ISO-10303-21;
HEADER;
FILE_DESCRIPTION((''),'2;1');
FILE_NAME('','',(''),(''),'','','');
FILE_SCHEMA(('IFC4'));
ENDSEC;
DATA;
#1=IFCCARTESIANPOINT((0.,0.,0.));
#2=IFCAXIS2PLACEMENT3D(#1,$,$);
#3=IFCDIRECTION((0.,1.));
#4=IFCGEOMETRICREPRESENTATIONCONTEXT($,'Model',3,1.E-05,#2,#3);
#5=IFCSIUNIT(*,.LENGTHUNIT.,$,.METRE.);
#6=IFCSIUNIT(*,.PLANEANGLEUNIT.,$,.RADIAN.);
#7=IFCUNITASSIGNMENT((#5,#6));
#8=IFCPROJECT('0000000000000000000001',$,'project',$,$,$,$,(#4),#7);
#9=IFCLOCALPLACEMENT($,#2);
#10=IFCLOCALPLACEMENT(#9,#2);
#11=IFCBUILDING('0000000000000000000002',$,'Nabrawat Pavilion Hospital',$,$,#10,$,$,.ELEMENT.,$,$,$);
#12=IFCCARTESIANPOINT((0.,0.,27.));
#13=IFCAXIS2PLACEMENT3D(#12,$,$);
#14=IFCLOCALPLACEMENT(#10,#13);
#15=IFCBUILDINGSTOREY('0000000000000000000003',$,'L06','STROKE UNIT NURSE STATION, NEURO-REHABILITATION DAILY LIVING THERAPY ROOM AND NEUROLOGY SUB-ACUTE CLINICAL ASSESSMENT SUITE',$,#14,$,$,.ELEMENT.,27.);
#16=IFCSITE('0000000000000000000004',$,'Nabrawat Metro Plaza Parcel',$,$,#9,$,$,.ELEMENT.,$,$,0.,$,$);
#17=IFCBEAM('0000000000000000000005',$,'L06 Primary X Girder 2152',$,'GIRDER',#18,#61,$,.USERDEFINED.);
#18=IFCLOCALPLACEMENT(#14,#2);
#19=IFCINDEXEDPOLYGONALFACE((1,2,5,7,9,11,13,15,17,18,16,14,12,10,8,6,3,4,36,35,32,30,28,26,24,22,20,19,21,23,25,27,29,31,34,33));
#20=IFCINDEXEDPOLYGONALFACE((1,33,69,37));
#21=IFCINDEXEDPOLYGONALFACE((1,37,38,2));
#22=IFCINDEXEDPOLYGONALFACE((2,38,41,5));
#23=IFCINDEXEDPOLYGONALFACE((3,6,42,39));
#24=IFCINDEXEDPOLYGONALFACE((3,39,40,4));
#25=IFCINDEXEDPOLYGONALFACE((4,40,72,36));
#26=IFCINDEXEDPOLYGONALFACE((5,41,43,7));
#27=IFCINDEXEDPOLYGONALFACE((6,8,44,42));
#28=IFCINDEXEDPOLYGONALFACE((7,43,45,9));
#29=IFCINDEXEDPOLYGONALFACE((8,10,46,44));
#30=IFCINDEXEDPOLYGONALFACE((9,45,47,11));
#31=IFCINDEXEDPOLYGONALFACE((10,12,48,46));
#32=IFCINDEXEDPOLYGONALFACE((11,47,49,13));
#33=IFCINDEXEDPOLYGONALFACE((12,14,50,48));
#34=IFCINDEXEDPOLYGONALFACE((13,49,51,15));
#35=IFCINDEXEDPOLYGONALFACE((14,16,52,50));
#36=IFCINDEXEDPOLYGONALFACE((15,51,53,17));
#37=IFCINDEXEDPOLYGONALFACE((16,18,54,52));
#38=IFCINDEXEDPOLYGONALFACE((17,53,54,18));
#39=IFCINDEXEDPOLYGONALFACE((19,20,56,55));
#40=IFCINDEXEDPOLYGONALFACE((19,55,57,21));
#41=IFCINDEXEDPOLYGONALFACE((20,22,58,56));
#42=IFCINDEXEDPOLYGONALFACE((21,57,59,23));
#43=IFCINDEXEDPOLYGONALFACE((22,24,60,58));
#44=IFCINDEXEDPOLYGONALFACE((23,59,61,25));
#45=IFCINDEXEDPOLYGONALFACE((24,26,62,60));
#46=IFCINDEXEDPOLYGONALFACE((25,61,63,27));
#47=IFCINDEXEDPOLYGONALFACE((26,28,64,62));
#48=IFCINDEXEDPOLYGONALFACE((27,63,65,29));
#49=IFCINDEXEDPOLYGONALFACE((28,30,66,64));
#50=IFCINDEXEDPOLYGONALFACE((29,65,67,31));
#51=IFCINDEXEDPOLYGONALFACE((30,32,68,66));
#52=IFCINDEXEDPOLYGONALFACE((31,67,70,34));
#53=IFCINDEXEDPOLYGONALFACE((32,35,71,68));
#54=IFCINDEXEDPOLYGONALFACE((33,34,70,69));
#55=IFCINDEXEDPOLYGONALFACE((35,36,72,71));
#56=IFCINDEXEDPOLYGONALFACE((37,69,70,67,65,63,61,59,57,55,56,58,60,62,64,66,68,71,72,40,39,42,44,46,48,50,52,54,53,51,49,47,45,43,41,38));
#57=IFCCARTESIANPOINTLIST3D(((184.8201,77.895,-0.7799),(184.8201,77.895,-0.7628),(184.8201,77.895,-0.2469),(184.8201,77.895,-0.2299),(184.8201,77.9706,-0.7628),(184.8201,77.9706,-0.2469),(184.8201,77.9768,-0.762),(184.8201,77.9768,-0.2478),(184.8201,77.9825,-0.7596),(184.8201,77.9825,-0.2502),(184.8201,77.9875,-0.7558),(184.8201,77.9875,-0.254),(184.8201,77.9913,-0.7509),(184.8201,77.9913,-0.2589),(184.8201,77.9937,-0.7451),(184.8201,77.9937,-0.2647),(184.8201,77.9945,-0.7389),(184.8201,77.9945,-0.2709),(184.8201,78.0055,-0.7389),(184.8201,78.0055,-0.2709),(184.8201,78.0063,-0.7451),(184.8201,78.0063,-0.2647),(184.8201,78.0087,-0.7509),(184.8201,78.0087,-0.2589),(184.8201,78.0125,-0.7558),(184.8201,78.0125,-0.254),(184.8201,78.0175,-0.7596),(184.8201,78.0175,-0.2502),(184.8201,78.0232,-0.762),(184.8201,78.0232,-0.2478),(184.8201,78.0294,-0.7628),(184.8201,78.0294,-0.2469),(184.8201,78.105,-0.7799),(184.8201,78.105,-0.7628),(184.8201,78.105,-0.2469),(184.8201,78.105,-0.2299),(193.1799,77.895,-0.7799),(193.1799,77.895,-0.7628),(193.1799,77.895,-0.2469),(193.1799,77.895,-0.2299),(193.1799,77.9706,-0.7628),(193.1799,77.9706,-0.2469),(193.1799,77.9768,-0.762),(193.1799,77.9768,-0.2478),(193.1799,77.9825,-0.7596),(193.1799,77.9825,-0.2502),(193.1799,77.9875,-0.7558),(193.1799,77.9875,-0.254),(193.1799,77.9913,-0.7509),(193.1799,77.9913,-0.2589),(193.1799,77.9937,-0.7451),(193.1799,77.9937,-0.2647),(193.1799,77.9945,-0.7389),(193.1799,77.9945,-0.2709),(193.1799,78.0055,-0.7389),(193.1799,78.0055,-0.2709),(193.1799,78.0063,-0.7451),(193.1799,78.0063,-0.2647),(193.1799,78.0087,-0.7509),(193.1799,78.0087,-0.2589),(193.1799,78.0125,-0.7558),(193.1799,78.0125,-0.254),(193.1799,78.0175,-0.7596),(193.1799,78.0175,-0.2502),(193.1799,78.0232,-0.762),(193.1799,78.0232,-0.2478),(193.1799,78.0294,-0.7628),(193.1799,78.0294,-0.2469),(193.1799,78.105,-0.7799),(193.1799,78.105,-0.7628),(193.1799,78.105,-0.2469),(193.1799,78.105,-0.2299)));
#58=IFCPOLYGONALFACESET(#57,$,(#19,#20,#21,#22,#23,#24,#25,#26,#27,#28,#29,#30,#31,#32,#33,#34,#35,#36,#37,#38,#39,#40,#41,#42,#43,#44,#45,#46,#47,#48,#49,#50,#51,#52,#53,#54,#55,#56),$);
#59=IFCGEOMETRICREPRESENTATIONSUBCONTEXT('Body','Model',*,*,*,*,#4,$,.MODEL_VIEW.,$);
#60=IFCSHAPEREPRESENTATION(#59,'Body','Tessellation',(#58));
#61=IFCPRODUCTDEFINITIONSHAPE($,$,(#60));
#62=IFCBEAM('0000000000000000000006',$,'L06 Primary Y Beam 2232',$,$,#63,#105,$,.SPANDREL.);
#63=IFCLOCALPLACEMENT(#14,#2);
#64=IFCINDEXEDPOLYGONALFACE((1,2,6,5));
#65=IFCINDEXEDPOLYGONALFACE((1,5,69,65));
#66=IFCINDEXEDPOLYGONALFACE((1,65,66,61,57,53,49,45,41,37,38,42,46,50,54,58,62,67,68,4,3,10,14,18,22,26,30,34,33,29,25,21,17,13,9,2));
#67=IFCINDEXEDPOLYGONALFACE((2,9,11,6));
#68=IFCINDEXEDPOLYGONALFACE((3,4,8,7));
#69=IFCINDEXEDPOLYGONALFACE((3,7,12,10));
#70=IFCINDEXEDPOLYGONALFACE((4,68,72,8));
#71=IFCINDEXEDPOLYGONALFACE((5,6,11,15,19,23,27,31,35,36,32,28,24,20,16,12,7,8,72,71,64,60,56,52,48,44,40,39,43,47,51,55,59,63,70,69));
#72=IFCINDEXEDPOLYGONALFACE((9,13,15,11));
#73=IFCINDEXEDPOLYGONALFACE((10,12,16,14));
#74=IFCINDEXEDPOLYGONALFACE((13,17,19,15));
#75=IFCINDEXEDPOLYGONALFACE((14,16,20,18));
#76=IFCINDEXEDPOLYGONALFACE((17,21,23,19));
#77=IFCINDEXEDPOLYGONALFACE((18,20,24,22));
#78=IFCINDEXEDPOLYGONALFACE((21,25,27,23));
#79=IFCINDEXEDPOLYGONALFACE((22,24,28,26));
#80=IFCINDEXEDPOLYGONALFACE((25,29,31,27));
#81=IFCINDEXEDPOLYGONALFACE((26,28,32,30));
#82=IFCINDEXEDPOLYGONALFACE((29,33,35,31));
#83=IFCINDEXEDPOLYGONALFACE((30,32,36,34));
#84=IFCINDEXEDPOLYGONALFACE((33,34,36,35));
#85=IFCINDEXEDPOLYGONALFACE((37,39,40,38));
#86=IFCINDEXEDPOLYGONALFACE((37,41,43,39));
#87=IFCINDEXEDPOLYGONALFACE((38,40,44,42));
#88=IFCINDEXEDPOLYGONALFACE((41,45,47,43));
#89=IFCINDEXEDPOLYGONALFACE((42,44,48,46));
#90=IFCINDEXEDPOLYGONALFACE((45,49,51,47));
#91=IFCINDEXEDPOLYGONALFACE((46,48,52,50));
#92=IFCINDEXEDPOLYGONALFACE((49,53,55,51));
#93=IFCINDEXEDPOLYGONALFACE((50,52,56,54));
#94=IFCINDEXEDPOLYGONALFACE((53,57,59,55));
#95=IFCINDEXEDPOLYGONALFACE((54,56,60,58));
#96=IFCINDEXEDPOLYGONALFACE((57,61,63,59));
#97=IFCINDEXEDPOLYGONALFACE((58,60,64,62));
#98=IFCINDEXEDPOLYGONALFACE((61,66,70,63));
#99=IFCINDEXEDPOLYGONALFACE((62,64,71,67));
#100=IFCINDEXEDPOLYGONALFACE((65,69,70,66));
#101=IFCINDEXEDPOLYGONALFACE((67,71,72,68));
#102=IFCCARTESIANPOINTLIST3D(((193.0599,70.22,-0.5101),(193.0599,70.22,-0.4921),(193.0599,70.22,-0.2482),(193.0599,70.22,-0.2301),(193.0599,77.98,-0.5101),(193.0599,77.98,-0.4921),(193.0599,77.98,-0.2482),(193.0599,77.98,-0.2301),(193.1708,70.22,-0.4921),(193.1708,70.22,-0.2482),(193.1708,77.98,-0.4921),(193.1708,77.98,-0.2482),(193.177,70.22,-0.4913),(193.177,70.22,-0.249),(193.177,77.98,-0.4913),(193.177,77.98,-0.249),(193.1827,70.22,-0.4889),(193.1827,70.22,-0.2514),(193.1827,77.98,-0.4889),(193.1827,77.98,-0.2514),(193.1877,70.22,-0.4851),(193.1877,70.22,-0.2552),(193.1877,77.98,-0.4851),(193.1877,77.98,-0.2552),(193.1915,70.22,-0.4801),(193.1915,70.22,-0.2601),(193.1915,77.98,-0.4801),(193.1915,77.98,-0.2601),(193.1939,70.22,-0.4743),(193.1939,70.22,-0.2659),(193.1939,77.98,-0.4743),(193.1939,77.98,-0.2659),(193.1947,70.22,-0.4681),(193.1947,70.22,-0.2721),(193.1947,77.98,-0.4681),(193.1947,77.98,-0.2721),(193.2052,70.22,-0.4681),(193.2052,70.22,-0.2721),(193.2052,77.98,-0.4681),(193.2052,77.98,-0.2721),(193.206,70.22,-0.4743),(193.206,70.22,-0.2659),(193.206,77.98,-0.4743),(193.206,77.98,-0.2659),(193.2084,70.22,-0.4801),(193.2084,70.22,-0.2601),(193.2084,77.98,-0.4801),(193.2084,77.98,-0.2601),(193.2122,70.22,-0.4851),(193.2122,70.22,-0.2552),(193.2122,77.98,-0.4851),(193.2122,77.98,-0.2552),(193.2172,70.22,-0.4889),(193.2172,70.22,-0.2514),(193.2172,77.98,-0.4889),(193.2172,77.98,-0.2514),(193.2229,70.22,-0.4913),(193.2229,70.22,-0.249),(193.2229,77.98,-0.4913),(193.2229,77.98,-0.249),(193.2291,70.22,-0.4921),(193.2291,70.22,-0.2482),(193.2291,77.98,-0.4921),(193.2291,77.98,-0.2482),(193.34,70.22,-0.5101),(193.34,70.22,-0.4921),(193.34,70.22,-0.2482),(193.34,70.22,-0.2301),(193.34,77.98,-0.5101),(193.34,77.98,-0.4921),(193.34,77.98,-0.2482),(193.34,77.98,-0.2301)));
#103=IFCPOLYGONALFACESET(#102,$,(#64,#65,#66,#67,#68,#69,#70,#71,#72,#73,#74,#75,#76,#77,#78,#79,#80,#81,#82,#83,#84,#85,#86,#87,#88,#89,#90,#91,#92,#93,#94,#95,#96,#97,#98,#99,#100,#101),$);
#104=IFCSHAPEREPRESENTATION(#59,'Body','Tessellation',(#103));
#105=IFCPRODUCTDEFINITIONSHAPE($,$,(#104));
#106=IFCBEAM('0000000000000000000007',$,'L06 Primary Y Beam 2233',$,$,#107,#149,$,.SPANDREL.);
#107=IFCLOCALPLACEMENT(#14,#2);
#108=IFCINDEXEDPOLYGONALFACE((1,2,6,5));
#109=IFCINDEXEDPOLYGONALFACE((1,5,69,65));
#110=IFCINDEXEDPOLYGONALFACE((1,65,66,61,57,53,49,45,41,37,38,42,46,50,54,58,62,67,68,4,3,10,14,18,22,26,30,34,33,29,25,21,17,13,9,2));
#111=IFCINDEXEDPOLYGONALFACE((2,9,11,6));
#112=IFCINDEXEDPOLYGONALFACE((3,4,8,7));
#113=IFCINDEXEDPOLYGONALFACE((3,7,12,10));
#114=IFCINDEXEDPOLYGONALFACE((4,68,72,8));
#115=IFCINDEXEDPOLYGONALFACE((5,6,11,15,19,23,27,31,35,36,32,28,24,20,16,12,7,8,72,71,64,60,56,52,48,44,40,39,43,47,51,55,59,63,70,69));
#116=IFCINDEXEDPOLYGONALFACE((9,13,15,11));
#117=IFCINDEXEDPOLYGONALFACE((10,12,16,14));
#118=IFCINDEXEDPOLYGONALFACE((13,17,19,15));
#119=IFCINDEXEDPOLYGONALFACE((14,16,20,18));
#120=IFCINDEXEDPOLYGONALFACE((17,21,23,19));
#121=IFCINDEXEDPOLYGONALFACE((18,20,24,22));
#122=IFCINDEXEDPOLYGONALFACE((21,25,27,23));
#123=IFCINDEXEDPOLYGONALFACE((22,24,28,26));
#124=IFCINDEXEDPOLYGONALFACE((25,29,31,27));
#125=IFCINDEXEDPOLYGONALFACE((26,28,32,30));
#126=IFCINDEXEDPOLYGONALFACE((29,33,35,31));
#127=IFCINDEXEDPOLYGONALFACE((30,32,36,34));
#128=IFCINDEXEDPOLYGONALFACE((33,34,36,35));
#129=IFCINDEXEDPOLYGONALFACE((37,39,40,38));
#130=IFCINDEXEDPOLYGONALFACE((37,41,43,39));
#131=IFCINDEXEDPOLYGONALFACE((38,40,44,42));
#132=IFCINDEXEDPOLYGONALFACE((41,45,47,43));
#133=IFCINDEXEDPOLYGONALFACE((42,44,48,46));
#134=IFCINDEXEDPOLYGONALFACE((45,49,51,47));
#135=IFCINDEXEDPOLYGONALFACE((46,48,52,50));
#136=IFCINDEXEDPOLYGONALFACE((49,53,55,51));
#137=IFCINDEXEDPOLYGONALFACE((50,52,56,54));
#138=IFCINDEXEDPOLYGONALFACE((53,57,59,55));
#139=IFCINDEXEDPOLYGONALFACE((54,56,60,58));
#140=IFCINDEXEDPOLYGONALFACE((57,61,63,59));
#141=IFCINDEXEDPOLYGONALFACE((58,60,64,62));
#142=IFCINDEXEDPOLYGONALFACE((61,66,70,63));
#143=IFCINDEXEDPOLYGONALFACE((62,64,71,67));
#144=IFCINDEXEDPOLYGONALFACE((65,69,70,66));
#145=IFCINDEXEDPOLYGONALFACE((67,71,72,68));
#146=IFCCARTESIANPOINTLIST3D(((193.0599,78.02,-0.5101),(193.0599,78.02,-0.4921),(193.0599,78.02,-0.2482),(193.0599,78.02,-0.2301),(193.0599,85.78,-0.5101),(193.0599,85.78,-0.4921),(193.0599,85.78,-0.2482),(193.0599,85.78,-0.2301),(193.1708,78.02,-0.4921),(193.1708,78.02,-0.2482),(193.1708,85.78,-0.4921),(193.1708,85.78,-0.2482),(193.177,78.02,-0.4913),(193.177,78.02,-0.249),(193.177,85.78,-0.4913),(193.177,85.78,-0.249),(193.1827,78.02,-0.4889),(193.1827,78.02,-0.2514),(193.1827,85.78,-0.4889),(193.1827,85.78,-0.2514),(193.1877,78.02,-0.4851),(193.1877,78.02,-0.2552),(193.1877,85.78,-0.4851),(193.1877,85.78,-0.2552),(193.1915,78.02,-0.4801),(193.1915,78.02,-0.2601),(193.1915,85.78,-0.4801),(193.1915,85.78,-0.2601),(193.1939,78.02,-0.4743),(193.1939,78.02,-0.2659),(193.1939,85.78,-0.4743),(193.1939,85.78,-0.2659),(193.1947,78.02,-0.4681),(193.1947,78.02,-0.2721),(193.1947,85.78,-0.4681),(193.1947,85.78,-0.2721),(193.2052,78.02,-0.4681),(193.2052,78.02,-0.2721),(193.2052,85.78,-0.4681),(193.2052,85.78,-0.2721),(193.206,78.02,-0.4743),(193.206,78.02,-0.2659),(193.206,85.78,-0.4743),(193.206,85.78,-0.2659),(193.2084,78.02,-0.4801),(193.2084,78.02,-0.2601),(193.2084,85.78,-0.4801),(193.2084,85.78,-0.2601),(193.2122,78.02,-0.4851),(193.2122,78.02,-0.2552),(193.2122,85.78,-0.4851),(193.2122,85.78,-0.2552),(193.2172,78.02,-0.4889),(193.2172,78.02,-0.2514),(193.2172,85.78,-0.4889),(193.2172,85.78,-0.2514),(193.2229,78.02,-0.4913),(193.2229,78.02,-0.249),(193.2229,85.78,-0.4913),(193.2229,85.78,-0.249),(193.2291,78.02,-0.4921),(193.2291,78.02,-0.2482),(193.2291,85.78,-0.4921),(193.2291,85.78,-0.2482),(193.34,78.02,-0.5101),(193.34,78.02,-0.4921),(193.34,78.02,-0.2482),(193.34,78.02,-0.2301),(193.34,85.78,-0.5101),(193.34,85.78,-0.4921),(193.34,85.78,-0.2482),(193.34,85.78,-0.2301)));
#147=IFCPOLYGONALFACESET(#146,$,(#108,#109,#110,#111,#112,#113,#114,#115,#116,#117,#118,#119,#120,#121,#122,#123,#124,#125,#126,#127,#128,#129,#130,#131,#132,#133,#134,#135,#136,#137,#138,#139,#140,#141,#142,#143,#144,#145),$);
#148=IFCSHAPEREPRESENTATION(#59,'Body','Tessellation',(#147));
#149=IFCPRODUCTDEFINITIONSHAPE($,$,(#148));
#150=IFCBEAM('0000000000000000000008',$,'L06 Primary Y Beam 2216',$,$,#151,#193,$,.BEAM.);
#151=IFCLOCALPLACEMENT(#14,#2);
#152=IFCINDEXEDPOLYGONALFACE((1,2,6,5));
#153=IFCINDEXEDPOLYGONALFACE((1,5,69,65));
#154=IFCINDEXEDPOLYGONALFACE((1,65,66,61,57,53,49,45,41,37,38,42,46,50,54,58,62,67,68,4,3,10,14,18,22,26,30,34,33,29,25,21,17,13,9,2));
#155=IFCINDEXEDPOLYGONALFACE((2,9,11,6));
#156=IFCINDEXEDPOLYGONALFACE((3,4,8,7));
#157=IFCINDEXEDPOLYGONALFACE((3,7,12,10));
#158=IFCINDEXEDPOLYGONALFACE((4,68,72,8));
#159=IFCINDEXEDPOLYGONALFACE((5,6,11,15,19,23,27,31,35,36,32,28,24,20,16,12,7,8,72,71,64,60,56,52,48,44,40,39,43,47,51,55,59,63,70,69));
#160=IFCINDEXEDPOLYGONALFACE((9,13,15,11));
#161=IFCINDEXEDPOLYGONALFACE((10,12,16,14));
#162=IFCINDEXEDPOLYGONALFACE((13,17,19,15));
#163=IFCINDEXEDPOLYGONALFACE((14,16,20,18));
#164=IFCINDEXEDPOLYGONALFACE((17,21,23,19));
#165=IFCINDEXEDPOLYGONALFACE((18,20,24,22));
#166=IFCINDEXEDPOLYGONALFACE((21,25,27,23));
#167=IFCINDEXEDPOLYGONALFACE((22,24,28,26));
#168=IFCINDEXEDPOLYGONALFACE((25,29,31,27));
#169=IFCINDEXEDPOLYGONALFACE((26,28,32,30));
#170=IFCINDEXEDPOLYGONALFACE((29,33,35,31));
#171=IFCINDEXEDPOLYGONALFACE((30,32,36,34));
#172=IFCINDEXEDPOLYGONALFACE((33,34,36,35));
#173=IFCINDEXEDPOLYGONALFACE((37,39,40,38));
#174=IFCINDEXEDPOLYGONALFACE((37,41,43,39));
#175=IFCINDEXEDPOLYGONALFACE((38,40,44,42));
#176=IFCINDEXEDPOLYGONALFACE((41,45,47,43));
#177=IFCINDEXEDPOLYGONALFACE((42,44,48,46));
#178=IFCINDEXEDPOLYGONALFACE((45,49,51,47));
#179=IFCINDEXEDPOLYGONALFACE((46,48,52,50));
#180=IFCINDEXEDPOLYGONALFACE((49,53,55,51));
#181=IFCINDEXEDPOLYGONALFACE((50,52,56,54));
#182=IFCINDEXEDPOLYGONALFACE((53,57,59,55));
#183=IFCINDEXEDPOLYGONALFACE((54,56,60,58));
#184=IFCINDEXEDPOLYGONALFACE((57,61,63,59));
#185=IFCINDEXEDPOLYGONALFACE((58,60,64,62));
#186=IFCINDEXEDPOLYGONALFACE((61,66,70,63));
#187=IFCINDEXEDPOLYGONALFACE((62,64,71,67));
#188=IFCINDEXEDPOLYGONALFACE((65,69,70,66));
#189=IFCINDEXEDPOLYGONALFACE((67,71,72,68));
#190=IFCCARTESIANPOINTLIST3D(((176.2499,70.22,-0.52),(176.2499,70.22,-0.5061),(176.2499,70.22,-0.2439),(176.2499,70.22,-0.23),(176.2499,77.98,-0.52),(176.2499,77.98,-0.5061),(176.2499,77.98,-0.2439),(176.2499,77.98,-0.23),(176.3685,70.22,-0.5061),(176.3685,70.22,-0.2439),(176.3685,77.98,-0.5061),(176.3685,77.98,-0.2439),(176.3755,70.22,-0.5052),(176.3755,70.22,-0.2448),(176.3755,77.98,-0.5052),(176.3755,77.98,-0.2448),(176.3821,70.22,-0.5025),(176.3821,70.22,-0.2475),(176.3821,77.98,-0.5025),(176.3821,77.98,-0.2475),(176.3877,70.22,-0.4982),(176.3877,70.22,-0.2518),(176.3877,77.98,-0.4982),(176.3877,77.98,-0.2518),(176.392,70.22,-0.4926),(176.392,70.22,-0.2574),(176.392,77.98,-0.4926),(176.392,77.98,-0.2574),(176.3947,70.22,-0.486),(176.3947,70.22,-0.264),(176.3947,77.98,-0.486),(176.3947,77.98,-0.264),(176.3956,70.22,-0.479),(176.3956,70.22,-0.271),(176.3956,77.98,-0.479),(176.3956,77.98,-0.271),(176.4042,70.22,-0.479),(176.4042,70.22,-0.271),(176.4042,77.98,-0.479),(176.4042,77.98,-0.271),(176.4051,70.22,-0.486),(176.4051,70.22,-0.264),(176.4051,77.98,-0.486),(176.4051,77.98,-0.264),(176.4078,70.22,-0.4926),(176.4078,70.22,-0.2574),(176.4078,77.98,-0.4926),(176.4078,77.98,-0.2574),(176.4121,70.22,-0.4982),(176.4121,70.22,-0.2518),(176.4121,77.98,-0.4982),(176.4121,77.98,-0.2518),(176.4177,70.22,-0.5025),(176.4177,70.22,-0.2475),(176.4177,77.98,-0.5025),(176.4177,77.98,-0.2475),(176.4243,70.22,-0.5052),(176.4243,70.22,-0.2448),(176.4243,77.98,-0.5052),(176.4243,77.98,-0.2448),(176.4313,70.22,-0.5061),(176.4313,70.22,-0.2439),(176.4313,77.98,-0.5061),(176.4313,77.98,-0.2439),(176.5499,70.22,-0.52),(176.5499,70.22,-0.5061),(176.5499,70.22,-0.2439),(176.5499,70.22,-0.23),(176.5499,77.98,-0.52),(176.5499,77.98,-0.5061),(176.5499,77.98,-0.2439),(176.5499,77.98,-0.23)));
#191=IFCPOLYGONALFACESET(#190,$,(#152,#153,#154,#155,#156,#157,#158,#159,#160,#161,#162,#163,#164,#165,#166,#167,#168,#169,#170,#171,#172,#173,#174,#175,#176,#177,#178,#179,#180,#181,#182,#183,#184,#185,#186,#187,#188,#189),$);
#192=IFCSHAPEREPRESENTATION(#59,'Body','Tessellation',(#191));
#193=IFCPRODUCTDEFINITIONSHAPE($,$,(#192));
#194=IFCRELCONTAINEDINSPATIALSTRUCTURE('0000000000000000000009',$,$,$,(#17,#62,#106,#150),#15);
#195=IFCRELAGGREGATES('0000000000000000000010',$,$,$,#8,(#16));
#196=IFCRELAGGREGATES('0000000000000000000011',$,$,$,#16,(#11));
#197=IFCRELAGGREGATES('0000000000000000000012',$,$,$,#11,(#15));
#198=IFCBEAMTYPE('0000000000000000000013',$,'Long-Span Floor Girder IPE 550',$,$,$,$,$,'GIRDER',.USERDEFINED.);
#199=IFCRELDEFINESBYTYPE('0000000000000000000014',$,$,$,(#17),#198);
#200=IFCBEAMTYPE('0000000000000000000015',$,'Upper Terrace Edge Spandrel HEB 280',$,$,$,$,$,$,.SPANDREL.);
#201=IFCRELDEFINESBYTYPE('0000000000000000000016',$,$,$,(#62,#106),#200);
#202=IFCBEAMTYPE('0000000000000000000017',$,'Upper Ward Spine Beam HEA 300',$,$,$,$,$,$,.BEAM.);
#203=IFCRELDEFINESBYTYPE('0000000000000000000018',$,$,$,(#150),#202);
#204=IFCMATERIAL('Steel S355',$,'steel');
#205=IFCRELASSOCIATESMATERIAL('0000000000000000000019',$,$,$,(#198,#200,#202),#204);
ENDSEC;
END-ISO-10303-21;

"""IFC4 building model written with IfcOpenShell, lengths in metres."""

from ifc_helpers import new_model, si_unit, direction, frame, origin, origin_2d, place, context, subcontext, project, spatial, i_section, extrude, material, material_profile, profile_set, type_object, element, save


model = new_model("IFC4")

# Units and contexts
model_context = context("Model", 3, precision=1e-05, world=origin(), true_north=direction((0.0, 1.0)))
body_context = subcontext(model_context, "Body", "Model", "MODEL_VIEW")
ifc_project = project(units=[si_unit("LENGTHUNIT", "METRE"), si_unit("PLANEANGLEUNIT", "RADIAN")], contexts=[model_context])

# Site, building, storey
site_placement = place(None, origin())
site = spatial("IfcSite", under=ifc_project, at=site_placement, Name="Nabrawat Metro Plaza Parcel", CompositionType="ELEMENT", RefElevation=0.0)
building_placement = place(site_placement, origin())
building = spatial("IfcBuilding", under=site, at=building_placement, Name="Nabrawat Pavilion Hospital", CompositionType="ELEMENT")
storey_placement = place(building_placement, frame((0.0, 0.0, 27.0)))
storey = spatial("IfcBuildingStorey", under=building, at=storey_placement, Name="L06", Description="STROKE UNIT NURSE STATION, NEURO-REHABILITATION DAILY LIVING THERAPY ROOM AND NEUROLOGY SUB-ACUTE CLINICAL ASSESSMENT SUITE", CompositionType="ELEMENT", Elevation=27.0)

# Shared definitions
ifc_material_1 = material(Name="Steel S355", Category="steel")

# Beams
ifc_material_profile_1 = material_profile(ifc_material_1, i_section(OverallWidth=0.21, OverallDepth=0.55, WebThickness=0.011, FlangeThickness=0.0171, FilletRadius=0.0239, at=origin_2d()), Name="IPE 550")
ifc_profile_set_1 = profile_set([ifc_material_profile_1], Name="Steel S355")
beam_type_1 = type_object("IfcBeamType", Name="Long-Span Floor Girder IPE 550", ElementType="GIRDER", PredefinedType="USERDEFINED", material=ifc_profile_set_1)
beam_1_placement = place(storey_placement, frame((184.8201, 78.0, -0.5049), z_axis=(1.0, 0.0, 0.0), x_axis=(0.0, 1.0, 0.0)))
element("IfcBeam", 1, at=beam_1_placement, inside=storey, type_object=beam_type_1, Name="L06 Primary X Girder 2152", ObjectType="GIRDER", PredefinedType="USERDEFINED", context=body_context, shape_type="SweptSolid", body=[
    extrude(i_section(OverallWidth=0.21, OverallDepth=0.55, WebThickness=0.011, FlangeThickness=0.0171, FilletRadius=0.0239, at=origin_2d()), origin(), (0.0, 0.0, 1.0), 8.3599),
])
ifc_material_profile_2 = material_profile(ifc_material_1, i_section(OverallWidth=0.28, OverallDepth=0.28, WebThickness=0.0105, FlangeThickness=0.0181, FilletRadius=0.0239, at=origin_2d()), Name="HEB 280")
ifc_profile_set_2 = profile_set([ifc_material_profile_2], Name="Steel S355")
beam_type_2 = type_object("IfcBeamType", Name="Upper Terrace Edge Spandrel HEB 280", PredefinedType="SPANDREL", material=ifc_profile_set_2)
for number, where, z_axis, x_axis, name in (
    (2, (193.2, 70.22, -0.3701), (0.0, 1.0, 0.0), (-1.0, 0.0, 0.0), "L06 Primary Y Beam 2232"),
    (3, (193.2, 78.02, -0.3701), (0.0, 1.0, 0.0), (-1.0, 0.0, 0.0), "L06 Primary Y Beam 2233"),
):
    element("IfcBeam", number, at=place(storey_placement, frame(where, z_axis=z_axis, x_axis=x_axis)), inside=storey, type_object=beam_type_2, Name=name, PredefinedType="SPANDREL", context=body_context, shape_type="SweptSolid", body=[
        extrude(i_section(OverallWidth=0.28, OverallDepth=0.28, WebThickness=0.0105, FlangeThickness=0.0181, FilletRadius=0.0239, at=origin_2d()), origin(), (0.0, 0.0, 1.0), 7.76),
    ])
ifc_material_profile_3 = material_profile(ifc_material_1, i_section(OverallWidth=0.3, OverallDepth=0.29, WebThickness=0.0085, FlangeThickness=0.0139, FilletRadius=0.0271, at=origin_2d()), Name="HEA 300")
ifc_profile_set_3 = profile_set([ifc_material_profile_3], Name="Steel S355")
beam_type_3 = type_object("IfcBeamType", Name="Upper Ward Spine Beam HEA 300", PredefinedType="BEAM", material=ifc_profile_set_3)
for number, where, z_axis, x_axis, name in (
    (4, (176.3999, 70.22, -0.375), (0.0, 1.0, 0.0), (-1.0, 0.0, 0.0), "L06 Primary Y Beam 2216"),
):
    element("IfcBeam", number, at=place(storey_placement, frame(where, z_axis=z_axis, x_axis=x_axis)), inside=storey, type_object=beam_type_3, Name=name, PredefinedType="BEAM", context=body_context, shape_type="SweptSolid", body=[
        extrude(i_section(OverallWidth=0.3, OverallDepth=0.29, WebThickness=0.0085, FlangeThickness=0.0139, FilletRadius=0.0271, at=origin_2d()), origin(), (0.0, 0.0, 1.0), 7.76),
    ])

save(model, "model.ifc")
